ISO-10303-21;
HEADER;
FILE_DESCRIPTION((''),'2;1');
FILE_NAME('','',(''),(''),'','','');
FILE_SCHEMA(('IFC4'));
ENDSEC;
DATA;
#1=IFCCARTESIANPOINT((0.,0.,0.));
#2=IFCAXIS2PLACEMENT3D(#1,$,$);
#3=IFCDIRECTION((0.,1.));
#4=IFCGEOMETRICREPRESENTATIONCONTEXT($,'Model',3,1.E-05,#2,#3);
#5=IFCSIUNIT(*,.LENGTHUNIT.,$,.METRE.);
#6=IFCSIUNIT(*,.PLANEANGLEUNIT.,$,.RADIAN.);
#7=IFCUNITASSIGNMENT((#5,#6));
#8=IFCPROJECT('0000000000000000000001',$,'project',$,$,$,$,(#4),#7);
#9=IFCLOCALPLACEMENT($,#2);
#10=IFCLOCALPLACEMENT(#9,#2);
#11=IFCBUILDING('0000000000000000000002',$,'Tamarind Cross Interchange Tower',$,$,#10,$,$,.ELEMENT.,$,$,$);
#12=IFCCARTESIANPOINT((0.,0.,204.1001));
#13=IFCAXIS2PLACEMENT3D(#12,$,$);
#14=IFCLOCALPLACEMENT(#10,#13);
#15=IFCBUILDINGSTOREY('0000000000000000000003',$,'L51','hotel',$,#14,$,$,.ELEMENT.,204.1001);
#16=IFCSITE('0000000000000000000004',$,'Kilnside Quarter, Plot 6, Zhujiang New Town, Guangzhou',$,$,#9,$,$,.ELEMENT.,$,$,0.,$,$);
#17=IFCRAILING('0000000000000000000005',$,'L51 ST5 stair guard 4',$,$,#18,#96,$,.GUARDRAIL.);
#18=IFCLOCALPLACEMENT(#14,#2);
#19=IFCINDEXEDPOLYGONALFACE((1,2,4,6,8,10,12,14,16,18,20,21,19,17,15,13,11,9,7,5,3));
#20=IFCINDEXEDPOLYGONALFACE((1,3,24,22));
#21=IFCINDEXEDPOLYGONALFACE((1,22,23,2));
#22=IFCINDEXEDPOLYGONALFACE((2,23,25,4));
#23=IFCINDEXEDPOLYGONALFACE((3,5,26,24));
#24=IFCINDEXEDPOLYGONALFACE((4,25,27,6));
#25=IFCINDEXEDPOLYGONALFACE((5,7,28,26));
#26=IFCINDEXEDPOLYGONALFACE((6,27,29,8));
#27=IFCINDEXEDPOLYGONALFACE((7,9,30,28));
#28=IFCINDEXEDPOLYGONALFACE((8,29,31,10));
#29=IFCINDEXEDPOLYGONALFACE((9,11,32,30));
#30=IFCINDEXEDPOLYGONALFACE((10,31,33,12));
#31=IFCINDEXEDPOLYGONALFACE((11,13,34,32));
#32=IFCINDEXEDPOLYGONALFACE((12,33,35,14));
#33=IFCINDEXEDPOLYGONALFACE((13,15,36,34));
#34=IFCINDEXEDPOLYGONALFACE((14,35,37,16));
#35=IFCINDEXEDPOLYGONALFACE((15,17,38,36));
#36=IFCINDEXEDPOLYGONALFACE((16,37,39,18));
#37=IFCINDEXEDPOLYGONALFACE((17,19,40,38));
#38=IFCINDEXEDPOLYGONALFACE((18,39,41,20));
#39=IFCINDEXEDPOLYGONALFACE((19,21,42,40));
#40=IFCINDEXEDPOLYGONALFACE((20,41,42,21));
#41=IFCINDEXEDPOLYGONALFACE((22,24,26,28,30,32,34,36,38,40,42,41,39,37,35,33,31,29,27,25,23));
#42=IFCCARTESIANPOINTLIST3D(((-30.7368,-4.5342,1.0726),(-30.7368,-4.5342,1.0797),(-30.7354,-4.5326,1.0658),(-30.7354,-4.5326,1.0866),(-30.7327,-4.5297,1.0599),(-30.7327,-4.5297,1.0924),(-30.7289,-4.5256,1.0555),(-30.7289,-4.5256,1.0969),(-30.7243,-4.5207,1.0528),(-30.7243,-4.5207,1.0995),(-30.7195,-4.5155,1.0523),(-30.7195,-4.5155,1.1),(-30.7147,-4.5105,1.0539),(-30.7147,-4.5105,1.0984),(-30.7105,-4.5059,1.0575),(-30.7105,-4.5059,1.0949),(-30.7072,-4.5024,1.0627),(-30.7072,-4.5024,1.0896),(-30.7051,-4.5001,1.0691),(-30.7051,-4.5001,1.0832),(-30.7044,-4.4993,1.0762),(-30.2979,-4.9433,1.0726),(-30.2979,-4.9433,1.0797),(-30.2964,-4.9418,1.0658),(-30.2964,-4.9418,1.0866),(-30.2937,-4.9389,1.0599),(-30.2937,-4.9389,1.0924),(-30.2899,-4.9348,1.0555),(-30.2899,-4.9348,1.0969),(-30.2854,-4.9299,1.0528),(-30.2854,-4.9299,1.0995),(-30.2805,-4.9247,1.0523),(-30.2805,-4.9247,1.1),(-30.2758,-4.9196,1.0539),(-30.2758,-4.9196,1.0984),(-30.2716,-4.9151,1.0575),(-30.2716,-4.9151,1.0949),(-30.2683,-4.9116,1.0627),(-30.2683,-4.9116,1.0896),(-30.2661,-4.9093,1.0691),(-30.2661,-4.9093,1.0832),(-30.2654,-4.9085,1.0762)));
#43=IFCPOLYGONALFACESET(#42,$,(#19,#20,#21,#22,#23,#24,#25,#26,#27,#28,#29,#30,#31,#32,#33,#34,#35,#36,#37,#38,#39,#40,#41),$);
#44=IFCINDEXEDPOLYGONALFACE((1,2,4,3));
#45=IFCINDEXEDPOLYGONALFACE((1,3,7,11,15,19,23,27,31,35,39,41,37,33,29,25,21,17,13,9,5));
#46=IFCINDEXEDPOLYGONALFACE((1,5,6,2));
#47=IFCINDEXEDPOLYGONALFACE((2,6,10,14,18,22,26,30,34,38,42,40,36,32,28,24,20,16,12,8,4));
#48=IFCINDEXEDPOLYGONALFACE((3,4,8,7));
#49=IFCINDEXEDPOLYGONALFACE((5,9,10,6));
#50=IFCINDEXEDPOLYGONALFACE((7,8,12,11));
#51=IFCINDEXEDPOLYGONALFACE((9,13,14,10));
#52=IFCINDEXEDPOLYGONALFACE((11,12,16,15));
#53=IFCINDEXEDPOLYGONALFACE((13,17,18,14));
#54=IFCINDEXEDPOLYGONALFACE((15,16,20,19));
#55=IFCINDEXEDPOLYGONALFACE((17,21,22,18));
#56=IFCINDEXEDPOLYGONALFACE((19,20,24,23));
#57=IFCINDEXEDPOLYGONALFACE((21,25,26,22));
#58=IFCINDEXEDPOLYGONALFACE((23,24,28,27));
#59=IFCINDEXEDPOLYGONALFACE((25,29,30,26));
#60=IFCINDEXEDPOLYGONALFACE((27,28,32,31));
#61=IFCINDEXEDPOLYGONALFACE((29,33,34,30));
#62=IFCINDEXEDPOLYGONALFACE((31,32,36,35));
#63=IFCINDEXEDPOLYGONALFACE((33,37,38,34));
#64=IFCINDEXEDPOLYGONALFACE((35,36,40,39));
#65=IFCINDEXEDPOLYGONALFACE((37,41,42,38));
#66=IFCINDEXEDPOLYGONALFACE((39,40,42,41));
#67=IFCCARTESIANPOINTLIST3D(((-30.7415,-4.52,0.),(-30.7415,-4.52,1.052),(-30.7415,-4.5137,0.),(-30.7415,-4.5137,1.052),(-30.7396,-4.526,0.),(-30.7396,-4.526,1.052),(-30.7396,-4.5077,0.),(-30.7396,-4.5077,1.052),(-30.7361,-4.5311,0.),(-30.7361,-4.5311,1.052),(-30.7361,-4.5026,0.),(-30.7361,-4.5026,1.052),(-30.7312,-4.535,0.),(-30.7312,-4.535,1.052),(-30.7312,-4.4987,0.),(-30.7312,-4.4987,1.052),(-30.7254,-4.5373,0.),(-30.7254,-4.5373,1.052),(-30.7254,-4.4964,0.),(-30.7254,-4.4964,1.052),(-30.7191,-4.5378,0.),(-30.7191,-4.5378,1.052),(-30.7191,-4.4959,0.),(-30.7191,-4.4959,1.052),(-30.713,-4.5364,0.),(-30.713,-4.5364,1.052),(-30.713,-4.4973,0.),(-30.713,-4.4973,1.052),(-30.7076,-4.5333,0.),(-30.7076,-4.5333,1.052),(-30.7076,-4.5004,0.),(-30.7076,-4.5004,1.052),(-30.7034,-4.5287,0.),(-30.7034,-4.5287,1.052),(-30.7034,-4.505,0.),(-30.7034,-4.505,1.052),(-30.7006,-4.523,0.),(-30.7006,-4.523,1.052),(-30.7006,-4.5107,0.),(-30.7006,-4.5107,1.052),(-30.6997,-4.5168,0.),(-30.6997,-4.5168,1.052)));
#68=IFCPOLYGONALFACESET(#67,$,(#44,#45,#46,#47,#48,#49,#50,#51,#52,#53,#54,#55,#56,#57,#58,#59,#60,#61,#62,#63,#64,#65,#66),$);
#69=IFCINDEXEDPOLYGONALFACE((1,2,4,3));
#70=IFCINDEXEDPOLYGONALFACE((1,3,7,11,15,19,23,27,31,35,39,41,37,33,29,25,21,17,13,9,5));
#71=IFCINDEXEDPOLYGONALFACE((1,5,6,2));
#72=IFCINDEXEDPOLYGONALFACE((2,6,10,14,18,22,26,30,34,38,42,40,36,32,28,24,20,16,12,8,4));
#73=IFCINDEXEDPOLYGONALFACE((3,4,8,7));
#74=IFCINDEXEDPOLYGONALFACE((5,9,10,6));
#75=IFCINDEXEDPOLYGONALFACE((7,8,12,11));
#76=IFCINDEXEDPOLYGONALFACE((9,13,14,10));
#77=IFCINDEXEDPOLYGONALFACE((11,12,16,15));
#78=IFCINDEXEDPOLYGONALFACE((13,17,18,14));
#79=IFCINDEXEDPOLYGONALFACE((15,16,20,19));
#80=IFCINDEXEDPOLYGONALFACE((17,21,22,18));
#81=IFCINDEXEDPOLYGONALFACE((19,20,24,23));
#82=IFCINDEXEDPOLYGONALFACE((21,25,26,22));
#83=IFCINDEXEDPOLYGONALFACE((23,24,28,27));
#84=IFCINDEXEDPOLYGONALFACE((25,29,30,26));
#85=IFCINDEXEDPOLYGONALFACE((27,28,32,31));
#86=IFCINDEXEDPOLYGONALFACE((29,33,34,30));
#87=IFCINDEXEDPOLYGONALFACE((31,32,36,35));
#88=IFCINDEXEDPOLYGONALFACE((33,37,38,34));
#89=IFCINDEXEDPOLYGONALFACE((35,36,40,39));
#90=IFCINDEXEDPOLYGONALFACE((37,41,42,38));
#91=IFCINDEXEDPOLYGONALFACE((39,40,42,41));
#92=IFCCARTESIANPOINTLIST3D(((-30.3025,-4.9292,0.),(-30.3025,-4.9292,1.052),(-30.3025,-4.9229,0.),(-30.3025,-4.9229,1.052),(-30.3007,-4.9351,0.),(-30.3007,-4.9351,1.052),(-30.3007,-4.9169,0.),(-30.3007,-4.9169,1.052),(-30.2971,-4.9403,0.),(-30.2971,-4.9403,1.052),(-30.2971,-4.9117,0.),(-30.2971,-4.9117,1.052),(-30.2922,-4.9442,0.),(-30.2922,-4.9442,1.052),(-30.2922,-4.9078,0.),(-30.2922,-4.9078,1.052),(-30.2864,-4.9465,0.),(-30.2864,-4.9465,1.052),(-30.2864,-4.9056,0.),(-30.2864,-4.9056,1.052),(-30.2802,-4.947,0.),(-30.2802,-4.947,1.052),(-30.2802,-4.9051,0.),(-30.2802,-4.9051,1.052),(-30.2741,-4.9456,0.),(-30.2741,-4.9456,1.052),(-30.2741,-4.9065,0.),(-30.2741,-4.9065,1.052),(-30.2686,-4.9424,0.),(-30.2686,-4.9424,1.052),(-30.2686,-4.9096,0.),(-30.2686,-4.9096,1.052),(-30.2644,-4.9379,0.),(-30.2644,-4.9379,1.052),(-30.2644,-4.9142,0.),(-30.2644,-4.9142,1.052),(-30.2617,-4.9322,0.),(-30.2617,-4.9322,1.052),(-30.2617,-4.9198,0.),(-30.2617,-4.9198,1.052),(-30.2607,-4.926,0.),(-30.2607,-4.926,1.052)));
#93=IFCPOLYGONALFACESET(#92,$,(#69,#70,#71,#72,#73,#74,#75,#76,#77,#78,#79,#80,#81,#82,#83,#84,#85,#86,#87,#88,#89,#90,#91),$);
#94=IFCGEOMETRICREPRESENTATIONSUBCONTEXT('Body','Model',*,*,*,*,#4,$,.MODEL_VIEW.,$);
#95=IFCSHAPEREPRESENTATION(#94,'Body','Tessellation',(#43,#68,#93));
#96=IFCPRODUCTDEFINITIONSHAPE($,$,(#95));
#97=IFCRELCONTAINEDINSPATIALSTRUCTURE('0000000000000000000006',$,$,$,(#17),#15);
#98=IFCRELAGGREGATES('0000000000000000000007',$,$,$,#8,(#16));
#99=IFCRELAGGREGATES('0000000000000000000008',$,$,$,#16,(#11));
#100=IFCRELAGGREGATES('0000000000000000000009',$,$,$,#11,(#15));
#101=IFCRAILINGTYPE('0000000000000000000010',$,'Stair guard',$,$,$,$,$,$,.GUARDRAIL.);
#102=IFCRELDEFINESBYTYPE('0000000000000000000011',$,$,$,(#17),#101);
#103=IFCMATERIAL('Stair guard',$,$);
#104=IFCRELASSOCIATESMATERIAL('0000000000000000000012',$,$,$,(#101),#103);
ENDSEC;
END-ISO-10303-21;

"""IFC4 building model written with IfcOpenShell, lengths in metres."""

from ifc_helpers import new_model, si_unit, direction, frame, origin, origin_2d, place, context, subcontext, project, spatial, circle, extrude, material, type_object, element, save


model = new_model("IFC4")

# Units and contexts
model_context = context("Model", 3, precision=1e-05, world=origin(), true_north=direction((0.0, 1.0)))
body_context = subcontext(model_context, "Body", "Model", "MODEL_VIEW")
ifc_project = project(units=[si_unit("LENGTHUNIT", "METRE"), si_unit("PLANEANGLEUNIT", "RADIAN")], contexts=[model_context])

# Site, building, storey
site_placement = place(None, origin())
site = spatial("IfcSite", under=ifc_project, at=site_placement, Name="Kilnside Quarter, Plot 6, Zhujiang New Town, Guangzhou", CompositionType="ELEMENT", RefElevation=0.0)
building_placement = place(site_placement, origin())
building = spatial("IfcBuilding", under=site, at=building_placement, Name="Tamarind Cross Interchange Tower", CompositionType="ELEMENT")
storey_placement = place(building_placement, frame((0.0, 0.0, 204.1001)))
storey = spatial("IfcBuildingStorey", under=building, at=storey_placement, Name="L51", Description="hotel", CompositionType="ELEMENT", Elevation=204.1001)

# Railing
ifc_material_1 = material(Name="Stair guard")
railing_type_1 = type_object("IfcRailingType", Name="Stair guard", PredefinedType="GUARDRAIL", material=ifc_material_1)
railing_1_placement = place(storey_placement, frame((-30.7207, -4.5168, 0.0)))
element("IfcRailing", 1, at=railing_1_placement, inside=storey, type_object=railing_type_1, Name="L51 ST5 stair guard 4", PredefinedType="GUARDRAIL", context=body_context, shape_type="SweptSolid", body=[
    extrude(circle(Radius=0.0239, at=origin_2d()), frame((0.0, 0.0, 1.0762), z_axis=(0.731488, -0.681854, 0.0), x_axis=(0.681854, 0.731488, 0.0)), (0.0, 0.0, 1.0), 0.6001),
    extrude(circle(Radius=0.021, at=origin_2d()), origin(), (0.0, 0.0, 1.0), 1.052),
    extrude(circle(Radius=0.021, at=origin_2d()), frame((0.439, -0.4092, 0.0)), (0.0, 0.0, 1.0), 1.052),
])

save(model, "model.ifc")
